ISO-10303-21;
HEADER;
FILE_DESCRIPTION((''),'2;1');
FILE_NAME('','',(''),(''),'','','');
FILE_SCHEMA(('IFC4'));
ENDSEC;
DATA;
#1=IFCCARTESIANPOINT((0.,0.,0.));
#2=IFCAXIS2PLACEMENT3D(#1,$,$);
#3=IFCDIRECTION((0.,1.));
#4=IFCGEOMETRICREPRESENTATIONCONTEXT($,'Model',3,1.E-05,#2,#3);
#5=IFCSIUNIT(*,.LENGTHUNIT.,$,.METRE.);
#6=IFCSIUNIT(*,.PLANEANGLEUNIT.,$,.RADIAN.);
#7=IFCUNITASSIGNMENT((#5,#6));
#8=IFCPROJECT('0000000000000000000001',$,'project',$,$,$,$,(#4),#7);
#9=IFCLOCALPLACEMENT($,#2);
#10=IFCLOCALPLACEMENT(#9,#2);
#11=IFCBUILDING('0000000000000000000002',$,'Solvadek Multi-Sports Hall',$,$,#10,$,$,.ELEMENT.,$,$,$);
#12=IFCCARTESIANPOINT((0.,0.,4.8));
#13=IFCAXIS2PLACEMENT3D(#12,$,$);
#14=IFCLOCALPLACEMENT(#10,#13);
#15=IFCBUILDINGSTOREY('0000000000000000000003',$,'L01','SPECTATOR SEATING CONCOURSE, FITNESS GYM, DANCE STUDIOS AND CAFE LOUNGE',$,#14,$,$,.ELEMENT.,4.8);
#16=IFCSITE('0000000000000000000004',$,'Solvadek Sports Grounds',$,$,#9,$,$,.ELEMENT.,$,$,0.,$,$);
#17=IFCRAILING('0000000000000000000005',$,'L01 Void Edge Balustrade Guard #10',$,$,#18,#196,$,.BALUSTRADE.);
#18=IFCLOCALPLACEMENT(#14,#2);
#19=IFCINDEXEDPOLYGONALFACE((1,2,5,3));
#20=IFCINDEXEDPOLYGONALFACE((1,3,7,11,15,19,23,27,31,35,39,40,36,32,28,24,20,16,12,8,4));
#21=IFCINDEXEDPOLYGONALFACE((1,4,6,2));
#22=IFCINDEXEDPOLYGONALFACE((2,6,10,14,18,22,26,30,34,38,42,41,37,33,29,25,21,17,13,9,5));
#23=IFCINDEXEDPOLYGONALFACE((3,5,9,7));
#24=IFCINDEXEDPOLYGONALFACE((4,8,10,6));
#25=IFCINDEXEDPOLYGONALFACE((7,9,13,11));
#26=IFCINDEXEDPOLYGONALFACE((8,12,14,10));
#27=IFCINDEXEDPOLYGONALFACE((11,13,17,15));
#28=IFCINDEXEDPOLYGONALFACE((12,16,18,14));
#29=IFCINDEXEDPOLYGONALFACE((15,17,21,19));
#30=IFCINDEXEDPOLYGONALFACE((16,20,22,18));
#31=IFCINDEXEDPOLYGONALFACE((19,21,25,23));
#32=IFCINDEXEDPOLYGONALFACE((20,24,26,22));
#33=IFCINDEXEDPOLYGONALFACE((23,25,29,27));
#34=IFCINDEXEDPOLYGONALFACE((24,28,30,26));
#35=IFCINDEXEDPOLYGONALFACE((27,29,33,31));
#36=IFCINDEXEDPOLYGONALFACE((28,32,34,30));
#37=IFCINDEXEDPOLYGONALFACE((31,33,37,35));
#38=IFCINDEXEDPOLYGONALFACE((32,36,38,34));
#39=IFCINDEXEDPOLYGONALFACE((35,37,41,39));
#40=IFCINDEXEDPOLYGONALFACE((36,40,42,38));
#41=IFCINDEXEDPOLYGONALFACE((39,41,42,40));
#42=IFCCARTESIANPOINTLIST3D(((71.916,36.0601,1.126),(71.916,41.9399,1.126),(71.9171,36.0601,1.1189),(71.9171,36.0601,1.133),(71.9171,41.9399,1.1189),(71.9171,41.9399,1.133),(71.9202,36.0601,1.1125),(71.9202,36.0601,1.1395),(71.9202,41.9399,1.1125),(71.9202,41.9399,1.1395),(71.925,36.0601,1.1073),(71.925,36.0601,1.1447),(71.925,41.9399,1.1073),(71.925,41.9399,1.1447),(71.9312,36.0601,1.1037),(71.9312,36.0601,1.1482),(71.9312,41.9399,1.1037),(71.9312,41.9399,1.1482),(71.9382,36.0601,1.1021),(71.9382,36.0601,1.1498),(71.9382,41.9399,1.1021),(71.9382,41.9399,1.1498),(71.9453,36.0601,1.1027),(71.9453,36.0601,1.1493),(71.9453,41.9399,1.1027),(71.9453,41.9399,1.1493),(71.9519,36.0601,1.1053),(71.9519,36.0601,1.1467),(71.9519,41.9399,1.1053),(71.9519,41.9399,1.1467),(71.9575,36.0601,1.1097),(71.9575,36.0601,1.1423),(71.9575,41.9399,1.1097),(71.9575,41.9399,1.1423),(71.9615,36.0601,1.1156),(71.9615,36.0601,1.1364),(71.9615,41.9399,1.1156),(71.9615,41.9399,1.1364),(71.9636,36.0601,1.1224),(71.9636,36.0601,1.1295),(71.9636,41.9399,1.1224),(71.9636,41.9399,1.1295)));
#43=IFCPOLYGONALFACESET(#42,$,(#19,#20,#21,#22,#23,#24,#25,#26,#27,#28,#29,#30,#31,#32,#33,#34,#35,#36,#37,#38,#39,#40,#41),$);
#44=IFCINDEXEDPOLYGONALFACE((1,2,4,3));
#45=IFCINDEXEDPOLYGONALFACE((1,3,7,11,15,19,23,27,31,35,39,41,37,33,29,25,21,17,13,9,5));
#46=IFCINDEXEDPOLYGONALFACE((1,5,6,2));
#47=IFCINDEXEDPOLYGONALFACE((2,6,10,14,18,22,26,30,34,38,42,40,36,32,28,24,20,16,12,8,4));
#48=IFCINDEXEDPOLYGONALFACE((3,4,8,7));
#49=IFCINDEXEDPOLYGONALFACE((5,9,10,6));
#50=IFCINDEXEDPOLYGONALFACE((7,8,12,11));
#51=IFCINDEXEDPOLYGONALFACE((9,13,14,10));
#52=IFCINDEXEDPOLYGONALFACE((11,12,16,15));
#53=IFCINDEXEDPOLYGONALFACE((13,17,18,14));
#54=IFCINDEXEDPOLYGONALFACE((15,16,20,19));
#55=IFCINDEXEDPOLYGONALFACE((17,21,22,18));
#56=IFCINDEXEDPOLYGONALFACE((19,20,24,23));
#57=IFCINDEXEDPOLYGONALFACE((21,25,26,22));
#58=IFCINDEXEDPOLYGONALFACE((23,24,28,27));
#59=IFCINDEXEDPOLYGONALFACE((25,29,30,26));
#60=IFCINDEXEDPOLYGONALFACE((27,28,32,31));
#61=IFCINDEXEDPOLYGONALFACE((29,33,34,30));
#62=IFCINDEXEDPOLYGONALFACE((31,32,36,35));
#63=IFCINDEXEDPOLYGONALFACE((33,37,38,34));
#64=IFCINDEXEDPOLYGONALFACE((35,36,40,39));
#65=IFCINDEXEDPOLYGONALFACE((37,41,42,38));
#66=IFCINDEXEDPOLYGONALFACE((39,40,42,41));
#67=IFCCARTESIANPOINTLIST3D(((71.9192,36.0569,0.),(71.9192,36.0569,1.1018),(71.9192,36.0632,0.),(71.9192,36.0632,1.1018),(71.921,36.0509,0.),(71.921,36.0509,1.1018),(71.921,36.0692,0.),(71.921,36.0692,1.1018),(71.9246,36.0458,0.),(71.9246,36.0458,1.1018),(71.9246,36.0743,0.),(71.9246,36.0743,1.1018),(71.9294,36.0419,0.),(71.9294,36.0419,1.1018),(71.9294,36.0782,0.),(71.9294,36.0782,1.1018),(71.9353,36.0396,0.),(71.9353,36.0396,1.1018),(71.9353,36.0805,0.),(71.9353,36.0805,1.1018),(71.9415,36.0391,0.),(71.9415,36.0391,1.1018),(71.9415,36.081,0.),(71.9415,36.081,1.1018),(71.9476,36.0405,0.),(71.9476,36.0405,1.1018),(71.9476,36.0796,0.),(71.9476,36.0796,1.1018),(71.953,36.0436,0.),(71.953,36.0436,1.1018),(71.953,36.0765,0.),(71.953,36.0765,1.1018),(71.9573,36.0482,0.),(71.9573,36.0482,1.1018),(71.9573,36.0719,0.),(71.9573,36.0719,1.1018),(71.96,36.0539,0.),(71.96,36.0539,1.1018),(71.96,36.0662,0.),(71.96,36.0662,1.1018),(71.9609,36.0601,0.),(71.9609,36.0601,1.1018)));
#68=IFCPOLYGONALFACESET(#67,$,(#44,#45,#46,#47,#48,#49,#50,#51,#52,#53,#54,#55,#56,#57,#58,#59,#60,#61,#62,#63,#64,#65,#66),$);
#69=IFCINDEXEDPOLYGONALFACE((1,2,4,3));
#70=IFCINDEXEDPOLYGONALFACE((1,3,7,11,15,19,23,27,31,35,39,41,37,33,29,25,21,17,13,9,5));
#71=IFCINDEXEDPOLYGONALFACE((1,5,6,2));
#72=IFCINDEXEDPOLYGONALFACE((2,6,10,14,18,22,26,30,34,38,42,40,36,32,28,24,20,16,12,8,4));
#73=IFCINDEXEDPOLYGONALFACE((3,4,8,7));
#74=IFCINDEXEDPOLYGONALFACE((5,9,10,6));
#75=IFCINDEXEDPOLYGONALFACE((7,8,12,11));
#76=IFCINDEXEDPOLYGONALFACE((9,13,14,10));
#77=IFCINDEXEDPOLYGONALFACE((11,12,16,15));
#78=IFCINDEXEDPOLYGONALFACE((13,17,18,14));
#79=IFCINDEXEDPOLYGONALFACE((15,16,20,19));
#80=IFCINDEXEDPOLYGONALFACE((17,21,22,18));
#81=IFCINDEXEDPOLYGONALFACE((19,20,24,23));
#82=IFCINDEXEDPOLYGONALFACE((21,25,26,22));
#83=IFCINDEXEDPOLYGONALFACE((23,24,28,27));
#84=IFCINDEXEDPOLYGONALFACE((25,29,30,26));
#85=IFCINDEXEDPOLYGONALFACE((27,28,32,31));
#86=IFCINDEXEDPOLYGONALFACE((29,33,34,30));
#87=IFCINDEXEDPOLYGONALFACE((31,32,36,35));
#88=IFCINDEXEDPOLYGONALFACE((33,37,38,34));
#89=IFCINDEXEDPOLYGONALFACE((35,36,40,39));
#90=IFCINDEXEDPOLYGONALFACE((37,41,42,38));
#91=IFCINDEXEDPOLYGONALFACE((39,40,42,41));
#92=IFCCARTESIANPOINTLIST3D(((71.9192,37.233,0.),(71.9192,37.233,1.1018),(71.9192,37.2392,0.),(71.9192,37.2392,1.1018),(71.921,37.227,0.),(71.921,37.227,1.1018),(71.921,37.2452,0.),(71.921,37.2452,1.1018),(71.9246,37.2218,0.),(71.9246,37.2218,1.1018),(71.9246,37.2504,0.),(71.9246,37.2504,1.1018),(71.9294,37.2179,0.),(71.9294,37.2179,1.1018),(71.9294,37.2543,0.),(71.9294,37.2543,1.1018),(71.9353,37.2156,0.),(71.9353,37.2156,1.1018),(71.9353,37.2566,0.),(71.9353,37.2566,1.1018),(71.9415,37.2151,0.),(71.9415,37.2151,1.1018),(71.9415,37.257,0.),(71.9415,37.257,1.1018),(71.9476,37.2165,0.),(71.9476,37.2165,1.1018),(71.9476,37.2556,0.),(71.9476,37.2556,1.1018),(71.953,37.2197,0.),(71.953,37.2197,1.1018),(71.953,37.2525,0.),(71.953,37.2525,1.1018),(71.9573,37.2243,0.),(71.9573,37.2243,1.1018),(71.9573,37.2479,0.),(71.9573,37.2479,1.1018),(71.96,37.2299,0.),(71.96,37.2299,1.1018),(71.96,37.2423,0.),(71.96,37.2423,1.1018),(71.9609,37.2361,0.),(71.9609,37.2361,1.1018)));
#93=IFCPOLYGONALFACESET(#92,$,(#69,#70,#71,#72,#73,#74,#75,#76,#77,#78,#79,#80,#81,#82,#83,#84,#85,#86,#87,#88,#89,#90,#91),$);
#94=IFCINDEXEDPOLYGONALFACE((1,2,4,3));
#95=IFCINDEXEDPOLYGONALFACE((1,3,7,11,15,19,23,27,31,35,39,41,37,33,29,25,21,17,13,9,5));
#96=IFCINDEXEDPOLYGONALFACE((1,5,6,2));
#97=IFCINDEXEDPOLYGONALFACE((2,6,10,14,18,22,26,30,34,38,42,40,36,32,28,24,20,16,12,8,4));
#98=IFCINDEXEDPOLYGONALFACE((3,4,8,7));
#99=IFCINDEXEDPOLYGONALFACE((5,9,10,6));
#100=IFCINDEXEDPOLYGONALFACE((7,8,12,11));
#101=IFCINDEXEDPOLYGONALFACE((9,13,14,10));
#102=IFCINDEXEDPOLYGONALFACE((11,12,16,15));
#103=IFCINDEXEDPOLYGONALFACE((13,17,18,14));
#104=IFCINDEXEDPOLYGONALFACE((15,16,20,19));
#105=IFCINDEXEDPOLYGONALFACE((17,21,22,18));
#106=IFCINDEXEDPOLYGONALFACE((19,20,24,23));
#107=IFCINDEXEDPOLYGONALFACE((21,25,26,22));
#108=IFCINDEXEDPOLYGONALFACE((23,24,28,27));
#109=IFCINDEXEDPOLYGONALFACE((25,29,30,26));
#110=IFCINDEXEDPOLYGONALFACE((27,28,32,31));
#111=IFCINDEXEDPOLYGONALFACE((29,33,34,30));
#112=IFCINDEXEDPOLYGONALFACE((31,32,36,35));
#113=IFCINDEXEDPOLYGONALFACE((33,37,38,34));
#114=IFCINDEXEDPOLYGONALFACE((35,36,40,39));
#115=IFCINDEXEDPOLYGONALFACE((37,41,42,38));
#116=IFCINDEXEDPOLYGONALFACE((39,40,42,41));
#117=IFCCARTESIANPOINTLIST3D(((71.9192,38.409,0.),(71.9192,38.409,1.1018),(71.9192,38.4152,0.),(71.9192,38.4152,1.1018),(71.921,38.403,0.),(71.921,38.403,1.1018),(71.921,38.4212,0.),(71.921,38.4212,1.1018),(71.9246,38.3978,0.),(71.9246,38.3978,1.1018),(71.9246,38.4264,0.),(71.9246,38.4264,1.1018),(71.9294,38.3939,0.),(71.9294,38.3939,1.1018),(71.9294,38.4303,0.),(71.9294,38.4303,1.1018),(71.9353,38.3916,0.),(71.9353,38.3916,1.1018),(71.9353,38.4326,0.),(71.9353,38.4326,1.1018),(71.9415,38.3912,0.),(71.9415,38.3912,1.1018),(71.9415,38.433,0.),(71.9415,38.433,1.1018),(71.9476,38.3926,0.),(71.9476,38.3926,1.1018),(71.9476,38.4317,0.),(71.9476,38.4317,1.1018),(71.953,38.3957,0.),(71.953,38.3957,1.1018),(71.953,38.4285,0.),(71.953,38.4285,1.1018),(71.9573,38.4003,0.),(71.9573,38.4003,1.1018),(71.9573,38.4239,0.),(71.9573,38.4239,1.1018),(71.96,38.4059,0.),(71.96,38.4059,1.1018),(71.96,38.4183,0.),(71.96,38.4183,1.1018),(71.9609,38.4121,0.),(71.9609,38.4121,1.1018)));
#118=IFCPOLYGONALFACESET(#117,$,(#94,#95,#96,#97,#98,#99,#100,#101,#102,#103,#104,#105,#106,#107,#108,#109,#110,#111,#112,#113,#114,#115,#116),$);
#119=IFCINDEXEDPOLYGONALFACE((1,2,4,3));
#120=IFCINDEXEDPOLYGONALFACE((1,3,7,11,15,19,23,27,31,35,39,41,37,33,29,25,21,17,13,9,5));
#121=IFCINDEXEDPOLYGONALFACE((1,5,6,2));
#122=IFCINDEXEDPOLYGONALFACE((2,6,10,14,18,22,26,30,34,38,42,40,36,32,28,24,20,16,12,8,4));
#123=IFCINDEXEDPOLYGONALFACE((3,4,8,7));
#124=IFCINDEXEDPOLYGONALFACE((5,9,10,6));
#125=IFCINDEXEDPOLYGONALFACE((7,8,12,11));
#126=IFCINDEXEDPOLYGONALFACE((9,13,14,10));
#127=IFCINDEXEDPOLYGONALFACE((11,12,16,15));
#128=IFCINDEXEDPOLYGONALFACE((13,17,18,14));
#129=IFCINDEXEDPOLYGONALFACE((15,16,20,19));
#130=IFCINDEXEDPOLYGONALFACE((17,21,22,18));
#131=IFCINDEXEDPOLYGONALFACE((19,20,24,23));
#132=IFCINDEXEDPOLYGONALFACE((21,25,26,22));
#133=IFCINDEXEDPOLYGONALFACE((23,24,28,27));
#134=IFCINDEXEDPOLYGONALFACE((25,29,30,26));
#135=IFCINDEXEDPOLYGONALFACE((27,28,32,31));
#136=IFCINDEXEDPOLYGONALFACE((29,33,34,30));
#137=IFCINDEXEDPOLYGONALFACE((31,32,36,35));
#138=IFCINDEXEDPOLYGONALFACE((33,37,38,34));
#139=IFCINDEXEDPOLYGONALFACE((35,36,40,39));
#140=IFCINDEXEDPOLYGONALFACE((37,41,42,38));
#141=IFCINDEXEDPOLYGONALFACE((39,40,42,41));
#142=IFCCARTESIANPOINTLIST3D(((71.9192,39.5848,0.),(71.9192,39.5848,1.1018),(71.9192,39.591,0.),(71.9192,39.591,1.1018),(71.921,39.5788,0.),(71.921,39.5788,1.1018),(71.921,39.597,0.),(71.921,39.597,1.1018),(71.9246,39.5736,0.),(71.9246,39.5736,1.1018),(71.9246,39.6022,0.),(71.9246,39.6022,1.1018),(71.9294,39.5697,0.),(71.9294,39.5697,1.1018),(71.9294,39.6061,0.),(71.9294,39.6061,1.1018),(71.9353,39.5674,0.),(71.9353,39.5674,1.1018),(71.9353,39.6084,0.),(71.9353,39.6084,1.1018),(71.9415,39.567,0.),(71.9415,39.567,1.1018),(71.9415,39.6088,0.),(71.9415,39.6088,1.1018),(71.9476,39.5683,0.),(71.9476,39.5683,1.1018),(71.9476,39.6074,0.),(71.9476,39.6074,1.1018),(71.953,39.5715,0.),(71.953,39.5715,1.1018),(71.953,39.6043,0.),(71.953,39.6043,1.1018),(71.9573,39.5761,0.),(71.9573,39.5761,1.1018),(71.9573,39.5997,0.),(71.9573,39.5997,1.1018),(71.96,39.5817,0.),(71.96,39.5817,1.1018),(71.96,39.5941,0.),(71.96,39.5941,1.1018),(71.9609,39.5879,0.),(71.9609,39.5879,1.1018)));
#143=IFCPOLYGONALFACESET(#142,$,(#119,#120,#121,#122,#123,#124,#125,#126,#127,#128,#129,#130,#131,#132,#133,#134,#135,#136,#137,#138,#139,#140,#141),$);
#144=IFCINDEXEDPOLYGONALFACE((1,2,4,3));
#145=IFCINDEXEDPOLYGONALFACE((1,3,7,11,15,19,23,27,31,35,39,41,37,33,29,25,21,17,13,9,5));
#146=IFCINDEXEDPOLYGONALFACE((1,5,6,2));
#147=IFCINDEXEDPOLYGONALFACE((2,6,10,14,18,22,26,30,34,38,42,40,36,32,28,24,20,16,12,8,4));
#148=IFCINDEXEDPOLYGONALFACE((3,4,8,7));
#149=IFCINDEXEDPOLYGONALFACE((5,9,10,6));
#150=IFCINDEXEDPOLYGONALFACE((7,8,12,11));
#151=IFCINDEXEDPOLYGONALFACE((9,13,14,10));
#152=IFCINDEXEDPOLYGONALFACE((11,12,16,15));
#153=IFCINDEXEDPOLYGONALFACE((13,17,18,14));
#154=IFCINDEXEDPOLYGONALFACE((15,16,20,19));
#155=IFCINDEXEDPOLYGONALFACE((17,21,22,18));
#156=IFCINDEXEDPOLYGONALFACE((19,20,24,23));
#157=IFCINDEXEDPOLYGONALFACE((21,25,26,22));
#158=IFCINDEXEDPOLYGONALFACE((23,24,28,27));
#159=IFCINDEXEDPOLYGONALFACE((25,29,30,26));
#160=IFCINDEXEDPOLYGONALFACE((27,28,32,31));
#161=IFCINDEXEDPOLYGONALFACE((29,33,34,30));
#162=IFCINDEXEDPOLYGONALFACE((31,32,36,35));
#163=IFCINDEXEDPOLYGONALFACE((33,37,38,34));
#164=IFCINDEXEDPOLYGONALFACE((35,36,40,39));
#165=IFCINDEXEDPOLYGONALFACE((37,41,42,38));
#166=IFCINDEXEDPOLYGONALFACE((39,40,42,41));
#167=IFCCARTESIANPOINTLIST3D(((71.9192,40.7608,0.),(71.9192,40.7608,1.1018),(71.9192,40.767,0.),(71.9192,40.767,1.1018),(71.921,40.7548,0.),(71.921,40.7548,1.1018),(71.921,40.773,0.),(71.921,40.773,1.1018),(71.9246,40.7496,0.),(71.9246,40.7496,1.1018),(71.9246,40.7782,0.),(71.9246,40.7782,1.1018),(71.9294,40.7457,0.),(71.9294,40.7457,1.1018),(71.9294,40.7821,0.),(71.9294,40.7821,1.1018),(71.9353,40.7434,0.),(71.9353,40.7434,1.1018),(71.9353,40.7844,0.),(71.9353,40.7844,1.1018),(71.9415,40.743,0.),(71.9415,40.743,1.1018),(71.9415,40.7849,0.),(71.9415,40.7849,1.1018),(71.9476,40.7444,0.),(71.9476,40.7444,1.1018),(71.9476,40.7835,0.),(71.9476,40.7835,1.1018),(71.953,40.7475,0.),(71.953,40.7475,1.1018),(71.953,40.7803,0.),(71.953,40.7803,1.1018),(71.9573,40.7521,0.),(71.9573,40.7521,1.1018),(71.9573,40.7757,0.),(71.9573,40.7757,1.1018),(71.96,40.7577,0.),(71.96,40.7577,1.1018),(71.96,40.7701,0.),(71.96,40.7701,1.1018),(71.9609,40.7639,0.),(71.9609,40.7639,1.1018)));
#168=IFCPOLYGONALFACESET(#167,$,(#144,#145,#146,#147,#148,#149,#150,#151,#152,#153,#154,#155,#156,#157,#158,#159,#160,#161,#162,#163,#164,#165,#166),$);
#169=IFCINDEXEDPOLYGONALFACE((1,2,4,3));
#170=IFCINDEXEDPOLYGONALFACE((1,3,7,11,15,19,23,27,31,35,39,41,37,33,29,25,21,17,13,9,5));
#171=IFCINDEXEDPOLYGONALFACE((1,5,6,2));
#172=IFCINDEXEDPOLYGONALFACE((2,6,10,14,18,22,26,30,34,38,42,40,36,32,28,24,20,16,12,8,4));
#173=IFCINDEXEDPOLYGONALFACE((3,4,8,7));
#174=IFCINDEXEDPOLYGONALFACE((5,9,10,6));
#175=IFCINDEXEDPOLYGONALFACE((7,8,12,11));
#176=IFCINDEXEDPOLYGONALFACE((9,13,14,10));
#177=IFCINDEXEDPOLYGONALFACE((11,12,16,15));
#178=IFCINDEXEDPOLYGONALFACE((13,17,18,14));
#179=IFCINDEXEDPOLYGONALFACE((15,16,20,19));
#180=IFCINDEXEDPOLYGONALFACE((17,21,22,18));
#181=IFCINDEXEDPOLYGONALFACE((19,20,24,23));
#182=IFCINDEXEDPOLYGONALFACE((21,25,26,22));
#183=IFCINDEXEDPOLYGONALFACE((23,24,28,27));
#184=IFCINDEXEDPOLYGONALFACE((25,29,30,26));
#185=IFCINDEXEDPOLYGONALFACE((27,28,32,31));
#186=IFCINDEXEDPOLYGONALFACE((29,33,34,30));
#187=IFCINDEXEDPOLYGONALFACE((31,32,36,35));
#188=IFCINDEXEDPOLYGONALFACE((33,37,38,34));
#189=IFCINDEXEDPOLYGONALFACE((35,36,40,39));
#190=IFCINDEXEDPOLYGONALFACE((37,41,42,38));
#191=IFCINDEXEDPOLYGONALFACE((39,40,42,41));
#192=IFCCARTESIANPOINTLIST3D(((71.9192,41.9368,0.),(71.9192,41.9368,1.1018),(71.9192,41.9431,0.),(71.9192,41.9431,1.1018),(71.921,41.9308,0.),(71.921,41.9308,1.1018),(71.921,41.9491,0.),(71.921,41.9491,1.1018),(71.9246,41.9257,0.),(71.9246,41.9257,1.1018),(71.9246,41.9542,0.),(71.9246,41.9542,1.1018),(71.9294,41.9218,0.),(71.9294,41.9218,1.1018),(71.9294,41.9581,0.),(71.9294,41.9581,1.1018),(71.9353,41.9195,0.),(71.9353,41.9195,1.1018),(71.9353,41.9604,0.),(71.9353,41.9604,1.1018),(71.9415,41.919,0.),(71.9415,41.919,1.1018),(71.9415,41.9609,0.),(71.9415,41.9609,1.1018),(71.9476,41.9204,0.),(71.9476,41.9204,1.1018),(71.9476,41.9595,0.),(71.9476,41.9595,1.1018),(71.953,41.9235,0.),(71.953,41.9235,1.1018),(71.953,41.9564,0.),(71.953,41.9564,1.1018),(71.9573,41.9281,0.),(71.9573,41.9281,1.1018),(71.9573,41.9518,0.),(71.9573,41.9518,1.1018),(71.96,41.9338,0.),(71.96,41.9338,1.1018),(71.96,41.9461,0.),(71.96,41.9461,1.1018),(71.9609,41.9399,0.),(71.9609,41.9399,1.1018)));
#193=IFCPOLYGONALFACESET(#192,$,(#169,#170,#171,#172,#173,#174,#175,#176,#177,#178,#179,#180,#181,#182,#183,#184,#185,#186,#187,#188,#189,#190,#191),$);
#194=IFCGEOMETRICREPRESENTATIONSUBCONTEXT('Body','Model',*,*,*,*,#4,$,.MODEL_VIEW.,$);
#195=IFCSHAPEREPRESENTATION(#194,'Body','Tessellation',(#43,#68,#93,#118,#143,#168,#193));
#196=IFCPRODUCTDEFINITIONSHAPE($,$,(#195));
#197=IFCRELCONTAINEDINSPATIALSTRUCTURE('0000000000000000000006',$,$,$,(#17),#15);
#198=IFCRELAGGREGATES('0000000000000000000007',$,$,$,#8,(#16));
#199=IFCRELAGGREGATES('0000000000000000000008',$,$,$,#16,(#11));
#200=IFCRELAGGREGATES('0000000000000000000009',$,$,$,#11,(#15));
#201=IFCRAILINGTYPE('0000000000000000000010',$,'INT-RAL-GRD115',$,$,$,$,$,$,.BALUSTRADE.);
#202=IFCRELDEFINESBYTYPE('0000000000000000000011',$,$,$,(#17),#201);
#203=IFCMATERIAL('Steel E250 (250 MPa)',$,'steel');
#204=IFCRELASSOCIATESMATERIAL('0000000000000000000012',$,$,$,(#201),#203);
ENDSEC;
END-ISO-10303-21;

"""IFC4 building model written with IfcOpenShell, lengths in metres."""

from ifc_helpers import new_model, si_unit, direction, frame, origin, origin_2d, place, context, subcontext, project, spatial, circle, extrude, material, type_object, element, save


model = new_model("IFC4")

# Units and contexts
model_context = context("Model", 3, precision=1e-05, world=origin(), true_north=direction((0.0, 1.0)))
body_context = subcontext(model_context, "Body", "Model", "MODEL_VIEW")
ifc_project = project(units=[si_unit("LENGTHUNIT", "METRE"), si_unit("PLANEANGLEUNIT", "RADIAN")], contexts=[model_context])

# Site, building, storey
site_placement = place(None, origin())
site = spatial("IfcSite", under=ifc_project, at=site_placement, Name="Solvadek Sports Grounds", CompositionType="ELEMENT", RefElevation=0.0)
building_placement = place(site_placement, origin())
building = spatial("IfcBuilding", under=site, at=building_placement, Name="Solvadek Multi-Sports Hall", CompositionType="ELEMENT")
storey_placement = place(building_placement, frame((0.0, 0.0, 4.8)))
storey = spatial("IfcBuildingStorey", under=building, at=storey_placement, Name="L01", Description="SPECTATOR SEATING CONCOURSE, FITNESS GYM, DANCE STUDIOS AND CAFE LOUNGE", CompositionType="ELEMENT", Elevation=4.8)

# Shared definitions
ifc_material_1 = material(Name="Steel E250 (250 MPa)", Category="steel")

# Railing
railing_type = type_object("IfcRailingType", Name="INT-RAL-GRD115", PredefinedType="BALUSTRADE", material=ifc_material_1)
railing_1_placement = place(storey_placement, frame((71.9399, 36.0601, 0.0)))
element("IfcRailing", 1, at=railing_1_placement, inside=storey, type_object=railing_type, Name="L01 Void Edge Balustrade Guard #10", PredefinedType="BALUSTRADE", context=body_context, shape_type="SweptSolid", body=[
    extrude(circle(Radius=0.0239, at=origin_2d()), frame((0.0, 0.0, 1.126), z_axis=(0.0, 1.0, 0.0), x_axis=(-1.0, 0.0, 0.0)), (0.0, 0.0, 1.0), 5.8799),
    extrude(circle(Radius=0.021, at=origin_2d()), origin(), (0.0, 0.0, 1.0), 1.1018),
    extrude(circle(Radius=0.021, at=origin_2d()), frame((0.0, 1.176, 0.0)), (0.0, 0.0, 1.0), 1.1018),
    extrude(circle(Radius=0.021, at=origin_2d()), frame((0.0, 2.3521, 0.0)), (0.0, 0.0, 1.0), 1.1018),
    extrude(circle(Radius=0.021, at=origin_2d()), frame((0.0, 3.5278, 0.0)), (0.0, 0.0, 1.0), 1.1018),
    extrude(circle(Radius=0.021, at=origin_2d()), frame((0.0, 4.7039, 0.0)), (0.0, 0.0, 1.0), 1.1018),
    extrude(circle(Radius=0.021, at=origin_2d()), frame((0.0, 5.8799, 0.0)), (0.0, 0.0, 1.0), 1.1018),
])

save(model, "model.ifc")
